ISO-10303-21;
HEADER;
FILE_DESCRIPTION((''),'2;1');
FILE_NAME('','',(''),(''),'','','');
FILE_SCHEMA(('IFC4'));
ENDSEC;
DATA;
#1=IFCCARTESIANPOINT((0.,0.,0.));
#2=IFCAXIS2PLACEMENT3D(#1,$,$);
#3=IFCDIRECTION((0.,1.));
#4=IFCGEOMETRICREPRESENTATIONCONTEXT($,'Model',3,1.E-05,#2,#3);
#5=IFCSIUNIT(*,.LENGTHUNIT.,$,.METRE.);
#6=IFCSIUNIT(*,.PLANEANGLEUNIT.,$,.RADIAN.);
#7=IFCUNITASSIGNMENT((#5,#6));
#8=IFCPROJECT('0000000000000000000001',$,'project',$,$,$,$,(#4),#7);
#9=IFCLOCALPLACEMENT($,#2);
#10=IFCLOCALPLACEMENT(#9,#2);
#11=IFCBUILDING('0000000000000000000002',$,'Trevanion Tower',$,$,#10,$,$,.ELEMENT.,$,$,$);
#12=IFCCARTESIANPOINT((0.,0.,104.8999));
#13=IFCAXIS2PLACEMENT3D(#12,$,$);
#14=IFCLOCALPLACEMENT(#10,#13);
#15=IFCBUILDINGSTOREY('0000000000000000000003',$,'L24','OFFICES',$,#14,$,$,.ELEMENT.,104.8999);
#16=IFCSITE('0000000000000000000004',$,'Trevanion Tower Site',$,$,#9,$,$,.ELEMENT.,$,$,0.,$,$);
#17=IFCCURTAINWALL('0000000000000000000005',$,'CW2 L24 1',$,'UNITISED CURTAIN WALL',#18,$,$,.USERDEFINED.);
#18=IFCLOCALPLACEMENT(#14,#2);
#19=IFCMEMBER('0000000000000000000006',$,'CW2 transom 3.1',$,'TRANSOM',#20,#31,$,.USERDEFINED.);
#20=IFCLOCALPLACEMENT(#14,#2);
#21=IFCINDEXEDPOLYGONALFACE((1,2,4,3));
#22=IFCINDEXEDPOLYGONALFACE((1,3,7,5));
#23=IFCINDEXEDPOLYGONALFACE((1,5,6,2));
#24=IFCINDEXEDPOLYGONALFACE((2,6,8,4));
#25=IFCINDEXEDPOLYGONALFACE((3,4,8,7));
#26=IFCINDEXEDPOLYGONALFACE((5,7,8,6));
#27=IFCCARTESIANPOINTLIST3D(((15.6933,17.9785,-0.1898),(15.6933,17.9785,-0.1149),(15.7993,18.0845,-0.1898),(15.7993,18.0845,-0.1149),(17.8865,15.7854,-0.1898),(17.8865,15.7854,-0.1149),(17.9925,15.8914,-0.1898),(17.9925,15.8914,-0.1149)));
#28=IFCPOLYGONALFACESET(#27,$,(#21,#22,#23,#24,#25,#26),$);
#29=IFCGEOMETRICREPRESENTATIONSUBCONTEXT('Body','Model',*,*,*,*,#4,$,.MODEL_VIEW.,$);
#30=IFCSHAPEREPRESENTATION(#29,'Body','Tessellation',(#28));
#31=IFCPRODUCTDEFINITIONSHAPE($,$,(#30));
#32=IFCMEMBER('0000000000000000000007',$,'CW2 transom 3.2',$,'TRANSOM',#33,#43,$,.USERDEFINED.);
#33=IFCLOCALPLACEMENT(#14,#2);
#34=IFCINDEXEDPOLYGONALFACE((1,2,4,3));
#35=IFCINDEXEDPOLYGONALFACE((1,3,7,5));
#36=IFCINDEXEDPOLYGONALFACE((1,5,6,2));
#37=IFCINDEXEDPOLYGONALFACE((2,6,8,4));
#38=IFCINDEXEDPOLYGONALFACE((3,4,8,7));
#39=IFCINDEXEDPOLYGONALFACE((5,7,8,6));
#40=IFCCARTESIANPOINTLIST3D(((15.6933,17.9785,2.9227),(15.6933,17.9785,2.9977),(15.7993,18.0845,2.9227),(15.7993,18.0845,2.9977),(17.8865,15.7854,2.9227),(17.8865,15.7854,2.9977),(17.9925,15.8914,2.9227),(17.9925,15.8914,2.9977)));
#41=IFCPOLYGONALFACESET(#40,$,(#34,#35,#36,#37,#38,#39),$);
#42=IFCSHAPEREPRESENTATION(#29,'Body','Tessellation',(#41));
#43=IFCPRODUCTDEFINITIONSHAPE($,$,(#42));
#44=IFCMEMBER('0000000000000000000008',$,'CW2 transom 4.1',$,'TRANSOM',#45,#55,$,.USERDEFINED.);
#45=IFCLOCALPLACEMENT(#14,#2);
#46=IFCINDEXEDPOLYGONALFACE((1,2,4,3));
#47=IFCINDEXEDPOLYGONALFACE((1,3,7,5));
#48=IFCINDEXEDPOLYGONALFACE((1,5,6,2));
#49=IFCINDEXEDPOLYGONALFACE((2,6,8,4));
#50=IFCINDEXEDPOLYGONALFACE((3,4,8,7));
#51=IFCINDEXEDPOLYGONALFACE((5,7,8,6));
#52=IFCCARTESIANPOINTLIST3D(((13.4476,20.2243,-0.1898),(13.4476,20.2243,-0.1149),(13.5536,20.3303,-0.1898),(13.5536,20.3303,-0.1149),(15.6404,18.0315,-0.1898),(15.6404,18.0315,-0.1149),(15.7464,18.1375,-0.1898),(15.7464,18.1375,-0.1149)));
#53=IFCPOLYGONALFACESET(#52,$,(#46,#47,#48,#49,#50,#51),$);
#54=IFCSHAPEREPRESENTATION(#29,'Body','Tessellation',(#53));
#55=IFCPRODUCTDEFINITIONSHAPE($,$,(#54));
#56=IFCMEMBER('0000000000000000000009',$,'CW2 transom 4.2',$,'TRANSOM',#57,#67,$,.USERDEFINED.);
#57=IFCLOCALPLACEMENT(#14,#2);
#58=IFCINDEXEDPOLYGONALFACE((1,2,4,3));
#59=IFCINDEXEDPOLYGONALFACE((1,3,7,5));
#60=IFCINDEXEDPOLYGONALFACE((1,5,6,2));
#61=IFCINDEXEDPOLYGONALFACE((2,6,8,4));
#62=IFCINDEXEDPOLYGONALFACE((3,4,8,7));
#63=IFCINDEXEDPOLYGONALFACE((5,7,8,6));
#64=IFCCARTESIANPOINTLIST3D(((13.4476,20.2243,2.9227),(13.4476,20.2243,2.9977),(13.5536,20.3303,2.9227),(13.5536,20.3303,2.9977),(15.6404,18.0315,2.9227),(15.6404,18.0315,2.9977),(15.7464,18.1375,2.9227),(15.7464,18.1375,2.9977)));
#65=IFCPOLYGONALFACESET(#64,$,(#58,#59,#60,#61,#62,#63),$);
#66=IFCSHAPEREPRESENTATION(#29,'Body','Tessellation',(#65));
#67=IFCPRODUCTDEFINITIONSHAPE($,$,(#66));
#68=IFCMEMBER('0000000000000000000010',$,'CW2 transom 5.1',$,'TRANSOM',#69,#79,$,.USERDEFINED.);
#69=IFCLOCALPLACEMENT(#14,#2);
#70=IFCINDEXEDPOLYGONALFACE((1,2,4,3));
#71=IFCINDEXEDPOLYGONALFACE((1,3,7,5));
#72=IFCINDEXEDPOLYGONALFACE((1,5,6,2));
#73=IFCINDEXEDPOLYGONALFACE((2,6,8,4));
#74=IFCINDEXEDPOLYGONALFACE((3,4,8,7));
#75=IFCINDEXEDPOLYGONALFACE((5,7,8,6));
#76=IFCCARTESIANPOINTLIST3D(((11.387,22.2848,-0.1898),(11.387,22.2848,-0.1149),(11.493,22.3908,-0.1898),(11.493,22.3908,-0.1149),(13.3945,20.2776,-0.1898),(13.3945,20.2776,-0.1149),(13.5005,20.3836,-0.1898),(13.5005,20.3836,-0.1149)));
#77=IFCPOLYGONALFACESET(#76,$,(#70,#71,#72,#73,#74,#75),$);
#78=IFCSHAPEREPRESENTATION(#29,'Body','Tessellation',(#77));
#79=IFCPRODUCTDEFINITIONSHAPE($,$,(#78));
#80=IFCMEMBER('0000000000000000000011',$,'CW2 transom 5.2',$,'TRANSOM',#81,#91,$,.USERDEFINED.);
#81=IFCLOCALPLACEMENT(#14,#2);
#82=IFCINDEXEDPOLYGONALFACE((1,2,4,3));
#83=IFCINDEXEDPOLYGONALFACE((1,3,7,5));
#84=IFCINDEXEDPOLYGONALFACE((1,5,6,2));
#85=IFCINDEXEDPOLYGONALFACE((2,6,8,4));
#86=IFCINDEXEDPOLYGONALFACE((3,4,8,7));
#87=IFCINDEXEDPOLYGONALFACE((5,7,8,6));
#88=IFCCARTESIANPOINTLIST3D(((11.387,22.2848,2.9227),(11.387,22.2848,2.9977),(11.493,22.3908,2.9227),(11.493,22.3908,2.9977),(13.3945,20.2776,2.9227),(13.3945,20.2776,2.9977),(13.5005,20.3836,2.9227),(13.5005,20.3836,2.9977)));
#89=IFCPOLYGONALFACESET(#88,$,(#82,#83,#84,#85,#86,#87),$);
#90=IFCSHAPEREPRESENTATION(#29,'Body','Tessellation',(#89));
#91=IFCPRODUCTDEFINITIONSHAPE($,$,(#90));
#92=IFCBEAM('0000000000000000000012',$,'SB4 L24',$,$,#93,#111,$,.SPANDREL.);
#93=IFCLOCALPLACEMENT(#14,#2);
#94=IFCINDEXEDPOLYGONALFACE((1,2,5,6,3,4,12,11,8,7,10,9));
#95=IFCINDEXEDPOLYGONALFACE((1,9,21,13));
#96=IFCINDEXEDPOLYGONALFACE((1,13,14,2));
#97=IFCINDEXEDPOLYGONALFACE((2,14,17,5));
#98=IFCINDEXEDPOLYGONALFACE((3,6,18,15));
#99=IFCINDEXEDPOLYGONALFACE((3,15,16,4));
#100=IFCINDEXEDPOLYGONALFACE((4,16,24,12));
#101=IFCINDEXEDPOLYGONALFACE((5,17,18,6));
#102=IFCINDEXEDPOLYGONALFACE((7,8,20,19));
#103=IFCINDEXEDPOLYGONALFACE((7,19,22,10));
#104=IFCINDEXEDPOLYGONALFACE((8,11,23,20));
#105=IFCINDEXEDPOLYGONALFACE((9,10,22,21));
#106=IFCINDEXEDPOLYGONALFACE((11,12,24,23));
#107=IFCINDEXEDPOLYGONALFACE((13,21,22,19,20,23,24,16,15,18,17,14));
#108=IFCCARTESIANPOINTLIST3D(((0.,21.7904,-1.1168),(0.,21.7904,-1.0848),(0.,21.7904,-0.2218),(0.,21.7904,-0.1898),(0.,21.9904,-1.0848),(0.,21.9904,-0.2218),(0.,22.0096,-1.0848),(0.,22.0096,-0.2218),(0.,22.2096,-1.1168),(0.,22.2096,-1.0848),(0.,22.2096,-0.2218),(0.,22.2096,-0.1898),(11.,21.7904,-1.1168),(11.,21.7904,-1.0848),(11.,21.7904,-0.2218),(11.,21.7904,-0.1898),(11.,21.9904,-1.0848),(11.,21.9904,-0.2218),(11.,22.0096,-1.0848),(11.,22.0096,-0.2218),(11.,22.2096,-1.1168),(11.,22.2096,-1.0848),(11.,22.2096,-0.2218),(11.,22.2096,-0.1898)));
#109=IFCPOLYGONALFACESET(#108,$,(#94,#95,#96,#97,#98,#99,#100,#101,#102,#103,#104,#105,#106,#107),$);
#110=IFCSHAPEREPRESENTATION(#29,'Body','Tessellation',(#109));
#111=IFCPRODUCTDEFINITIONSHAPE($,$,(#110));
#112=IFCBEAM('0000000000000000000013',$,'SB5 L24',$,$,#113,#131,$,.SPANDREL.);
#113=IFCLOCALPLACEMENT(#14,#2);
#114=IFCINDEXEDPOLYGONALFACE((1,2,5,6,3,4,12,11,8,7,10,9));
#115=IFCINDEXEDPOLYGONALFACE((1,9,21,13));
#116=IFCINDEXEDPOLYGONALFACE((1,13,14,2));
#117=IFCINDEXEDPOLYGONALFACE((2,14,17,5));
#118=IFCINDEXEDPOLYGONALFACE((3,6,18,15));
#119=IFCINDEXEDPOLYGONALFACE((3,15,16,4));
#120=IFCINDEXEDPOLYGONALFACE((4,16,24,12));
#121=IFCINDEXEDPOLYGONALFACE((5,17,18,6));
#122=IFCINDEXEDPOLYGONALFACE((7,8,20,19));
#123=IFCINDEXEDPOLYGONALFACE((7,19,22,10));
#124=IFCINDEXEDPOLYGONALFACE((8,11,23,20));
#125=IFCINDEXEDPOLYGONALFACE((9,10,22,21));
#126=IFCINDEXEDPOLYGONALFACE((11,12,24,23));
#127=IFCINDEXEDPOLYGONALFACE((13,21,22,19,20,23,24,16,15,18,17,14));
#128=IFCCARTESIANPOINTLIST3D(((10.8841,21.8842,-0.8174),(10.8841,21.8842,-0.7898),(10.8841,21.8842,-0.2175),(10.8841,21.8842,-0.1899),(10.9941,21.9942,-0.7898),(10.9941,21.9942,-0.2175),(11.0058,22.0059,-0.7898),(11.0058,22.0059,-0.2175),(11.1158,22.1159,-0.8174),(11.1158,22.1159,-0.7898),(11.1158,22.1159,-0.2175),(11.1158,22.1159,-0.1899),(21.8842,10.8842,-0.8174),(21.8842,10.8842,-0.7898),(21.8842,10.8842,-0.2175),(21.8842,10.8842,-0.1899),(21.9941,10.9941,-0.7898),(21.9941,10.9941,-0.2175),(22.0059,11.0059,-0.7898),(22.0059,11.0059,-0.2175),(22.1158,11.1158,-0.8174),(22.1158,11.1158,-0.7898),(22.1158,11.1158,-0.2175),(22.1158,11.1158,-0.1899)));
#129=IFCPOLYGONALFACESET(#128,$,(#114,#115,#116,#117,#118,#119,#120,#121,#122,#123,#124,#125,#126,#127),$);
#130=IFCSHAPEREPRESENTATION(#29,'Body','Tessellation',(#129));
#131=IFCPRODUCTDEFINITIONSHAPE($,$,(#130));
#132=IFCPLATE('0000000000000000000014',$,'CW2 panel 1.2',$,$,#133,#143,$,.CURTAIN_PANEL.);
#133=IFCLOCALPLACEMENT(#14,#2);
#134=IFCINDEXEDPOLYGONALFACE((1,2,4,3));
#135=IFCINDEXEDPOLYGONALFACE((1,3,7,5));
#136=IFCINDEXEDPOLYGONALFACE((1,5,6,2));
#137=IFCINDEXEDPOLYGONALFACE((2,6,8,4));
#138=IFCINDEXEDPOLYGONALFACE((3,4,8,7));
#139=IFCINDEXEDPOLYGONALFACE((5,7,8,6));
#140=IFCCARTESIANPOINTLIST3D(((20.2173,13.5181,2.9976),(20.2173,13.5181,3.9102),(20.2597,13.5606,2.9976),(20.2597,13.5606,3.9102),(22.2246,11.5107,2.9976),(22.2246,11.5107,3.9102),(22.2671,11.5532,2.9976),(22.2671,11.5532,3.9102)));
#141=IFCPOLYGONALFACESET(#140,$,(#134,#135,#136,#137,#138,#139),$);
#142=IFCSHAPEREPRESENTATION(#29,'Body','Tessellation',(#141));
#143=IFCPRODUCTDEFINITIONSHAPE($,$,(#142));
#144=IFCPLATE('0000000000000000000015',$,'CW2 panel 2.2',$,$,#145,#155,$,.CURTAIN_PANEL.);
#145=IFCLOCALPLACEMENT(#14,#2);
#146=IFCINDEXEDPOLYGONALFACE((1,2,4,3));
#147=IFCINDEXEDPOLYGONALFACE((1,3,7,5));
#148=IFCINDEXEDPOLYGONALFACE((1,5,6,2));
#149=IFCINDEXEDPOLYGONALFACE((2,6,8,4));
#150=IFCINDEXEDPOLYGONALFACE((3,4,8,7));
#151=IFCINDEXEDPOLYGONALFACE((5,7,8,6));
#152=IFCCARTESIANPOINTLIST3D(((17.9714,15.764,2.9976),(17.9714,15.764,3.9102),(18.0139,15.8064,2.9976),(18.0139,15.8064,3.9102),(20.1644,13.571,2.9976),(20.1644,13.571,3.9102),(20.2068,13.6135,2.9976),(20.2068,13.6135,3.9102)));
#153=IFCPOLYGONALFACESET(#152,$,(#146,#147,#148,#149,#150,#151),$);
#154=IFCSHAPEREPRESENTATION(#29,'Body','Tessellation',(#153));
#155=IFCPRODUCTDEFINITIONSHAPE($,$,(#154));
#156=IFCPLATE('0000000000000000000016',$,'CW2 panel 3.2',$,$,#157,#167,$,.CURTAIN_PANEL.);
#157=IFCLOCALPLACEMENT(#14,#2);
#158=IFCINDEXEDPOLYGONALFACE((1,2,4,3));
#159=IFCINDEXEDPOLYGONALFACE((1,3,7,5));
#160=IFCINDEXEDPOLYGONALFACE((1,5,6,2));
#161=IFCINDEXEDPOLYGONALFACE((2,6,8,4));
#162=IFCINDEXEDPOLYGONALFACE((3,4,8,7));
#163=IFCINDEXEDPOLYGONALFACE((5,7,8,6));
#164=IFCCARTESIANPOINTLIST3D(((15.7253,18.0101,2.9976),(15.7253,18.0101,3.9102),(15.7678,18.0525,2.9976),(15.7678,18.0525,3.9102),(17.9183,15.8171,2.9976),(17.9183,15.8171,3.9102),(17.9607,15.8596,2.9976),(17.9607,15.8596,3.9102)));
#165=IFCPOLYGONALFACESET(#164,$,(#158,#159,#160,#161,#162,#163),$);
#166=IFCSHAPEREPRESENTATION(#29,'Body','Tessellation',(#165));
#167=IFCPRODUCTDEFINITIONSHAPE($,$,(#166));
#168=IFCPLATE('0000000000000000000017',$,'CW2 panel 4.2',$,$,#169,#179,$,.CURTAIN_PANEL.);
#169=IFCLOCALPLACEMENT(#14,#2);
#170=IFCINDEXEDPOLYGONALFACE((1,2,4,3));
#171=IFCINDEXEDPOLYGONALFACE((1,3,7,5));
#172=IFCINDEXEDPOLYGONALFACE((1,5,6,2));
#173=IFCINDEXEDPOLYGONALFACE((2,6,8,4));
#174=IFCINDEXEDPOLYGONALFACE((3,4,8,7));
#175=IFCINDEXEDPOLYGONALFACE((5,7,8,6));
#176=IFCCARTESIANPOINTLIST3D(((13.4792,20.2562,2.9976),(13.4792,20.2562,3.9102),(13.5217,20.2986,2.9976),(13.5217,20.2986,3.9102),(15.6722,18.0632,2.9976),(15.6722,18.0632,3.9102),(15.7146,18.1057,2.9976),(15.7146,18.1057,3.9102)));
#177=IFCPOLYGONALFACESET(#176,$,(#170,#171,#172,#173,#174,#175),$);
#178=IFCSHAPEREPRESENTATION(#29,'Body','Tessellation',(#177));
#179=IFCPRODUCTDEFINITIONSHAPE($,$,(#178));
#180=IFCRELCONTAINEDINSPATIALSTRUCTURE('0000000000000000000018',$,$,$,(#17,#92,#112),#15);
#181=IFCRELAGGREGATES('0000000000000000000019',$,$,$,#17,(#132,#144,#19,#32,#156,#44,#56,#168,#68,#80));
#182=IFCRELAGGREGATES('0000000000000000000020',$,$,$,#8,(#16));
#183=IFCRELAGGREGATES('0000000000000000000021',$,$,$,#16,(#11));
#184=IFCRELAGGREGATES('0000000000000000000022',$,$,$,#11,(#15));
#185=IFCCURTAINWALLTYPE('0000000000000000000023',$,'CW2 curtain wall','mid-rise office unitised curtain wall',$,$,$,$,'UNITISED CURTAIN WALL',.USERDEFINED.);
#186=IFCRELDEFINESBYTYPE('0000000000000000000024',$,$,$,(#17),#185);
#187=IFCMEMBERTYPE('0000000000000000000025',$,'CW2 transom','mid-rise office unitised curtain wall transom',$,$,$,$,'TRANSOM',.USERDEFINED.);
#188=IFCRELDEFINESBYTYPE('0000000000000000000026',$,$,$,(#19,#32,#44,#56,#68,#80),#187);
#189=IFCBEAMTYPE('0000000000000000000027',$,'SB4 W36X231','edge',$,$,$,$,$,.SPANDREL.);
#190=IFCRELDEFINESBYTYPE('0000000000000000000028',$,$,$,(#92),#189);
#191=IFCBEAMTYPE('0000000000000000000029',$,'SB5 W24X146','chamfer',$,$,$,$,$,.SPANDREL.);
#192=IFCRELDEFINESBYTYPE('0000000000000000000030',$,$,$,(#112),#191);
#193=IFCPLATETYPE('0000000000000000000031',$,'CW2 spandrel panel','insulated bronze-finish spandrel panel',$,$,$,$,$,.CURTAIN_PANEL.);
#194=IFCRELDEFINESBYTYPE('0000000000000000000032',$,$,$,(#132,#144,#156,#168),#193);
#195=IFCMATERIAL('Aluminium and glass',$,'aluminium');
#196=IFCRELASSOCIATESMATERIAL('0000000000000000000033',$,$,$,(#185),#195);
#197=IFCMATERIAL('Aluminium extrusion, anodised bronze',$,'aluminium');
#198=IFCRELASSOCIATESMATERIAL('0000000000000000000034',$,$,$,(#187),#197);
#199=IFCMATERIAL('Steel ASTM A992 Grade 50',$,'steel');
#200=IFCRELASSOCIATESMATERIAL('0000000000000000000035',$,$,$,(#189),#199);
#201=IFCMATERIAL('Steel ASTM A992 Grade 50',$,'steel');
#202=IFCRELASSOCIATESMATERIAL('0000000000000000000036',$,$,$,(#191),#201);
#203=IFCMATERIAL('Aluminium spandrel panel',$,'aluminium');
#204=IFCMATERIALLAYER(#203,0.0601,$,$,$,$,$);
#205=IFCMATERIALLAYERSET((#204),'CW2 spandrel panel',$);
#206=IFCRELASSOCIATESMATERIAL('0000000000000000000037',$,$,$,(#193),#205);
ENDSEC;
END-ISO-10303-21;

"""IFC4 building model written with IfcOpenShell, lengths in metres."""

from ifc_helpers import new_model, si_unit, direction, frame, origin, origin_2d, place, context, subcontext, project, spatial, rectangle, i_section, extrude, material, layer, layer_set, material_profile, profile_set, type_object, element, aggregate, save


model = new_model("IFC4")

# Units and contexts
model_context = context("Model", 3, precision=1e-05, world=origin(), true_north=direction((0.0, 1.0)))
body_context = subcontext(model_context, "Body", "Model", "MODEL_VIEW")
ifc_project = project(units=[si_unit("LENGTHUNIT", "METRE"), si_unit("PLANEANGLEUNIT", "RADIAN")], contexts=[model_context])

# Site, building, storey
site_placement = place(None, origin())
site = spatial("IfcSite", under=ifc_project, at=site_placement, Name="Trevanion Tower Site", CompositionType="ELEMENT", RefElevation=0.0)
building_placement = place(site_placement, origin())
building = spatial("IfcBuilding", under=site, at=building_placement, Name="Trevanion Tower", CompositionType="ELEMENT")
storey_placement = place(building_placement, frame((0.0, 0.0, 104.8999)))
storey = spatial("IfcBuildingStorey", under=building, at=storey_placement, Name="L24", Description="OFFICES", CompositionType="ELEMENT", Elevation=104.8999)

# Curtain wall
ifc_material_1 = material(Name="Aluminium and glass", Category="aluminium")
curtain_wall_type = type_object("IfcCurtainWallType", Name="CW2 curtain wall", Description="mid-rise office unitised curtain wall", ElementType="UNITISED CURTAIN WALL", PredefinedType="USERDEFINED", material=ifc_material_1)
curtain_wall_1_placement = place(storey_placement, origin())
curtain_wall_1 = element("IfcCurtainWall", 1, at=curtain_wall_1_placement, inside=storey, type_object=curtain_wall_type, Name="CW2 L24 1", ObjectType="UNITISED CURTAIN WALL", PredefinedType="USERDEFINED")

# Members
ifc_material_2 = material(Name="Aluminium extrusion, anodised bronze", Category="aluminium")
ifc_material_profile_1 = material_profile(ifc_material_2, rectangle(XDim=0.1499, YDim=0.075, at=origin_2d()), Name="CW2 transom")
ifc_profile_set_1 = profile_set([ifc_material_profile_1], Name="Aluminium extrusion, anodised bronze")
member_type_1 = type_object("IfcMemberType", Name="CW2 transom", Description="mid-rise office unitised curtain wall transom", ElementType="TRANSOM", PredefinedType="USERDEFINED", material=ifc_profile_set_1)
member_1_placement = place(storey_placement, frame((17.9395, 15.8384, -0.1523), z_axis=(-0.707107, 0.707107, 0.0), x_axis=(-0.707107, -0.707107, 0.0)))
member_1 = element("IfcMember", 2, at=member_1_placement, type_object=member_type_1, Name="CW2 transom 3.1", ObjectType="TRANSOM", PredefinedType="USERDEFINED", context=body_context, shape_type="SweptSolid", body=[
    extrude(rectangle(XDim=0.1499, YDim=0.075, at=origin_2d()), origin(), (0.0, 0.0, 1.0), 3.1016),
])
member_2_placement = place(storey_placement, frame((17.9395, 15.8384, 2.9602), z_axis=(-0.707107, 0.707107, 0.0), x_axis=(-0.707107, -0.707107, 0.0)))
member_2 = element("IfcMember", 3, at=member_2_placement, type_object=member_type_1, Name="CW2 transom 3.2", ObjectType="TRANSOM", PredefinedType="USERDEFINED", context=body_context, shape_type="SweptSolid", body=[
    extrude(rectangle(XDim=0.1499, YDim=0.075, at=origin_2d()), origin(), (0.0, 0.0, 1.0), 3.1016),
])
member_3_placement = place(storey_placement, frame((15.6934, 18.0845, -0.1523), z_axis=(-0.707107, 0.707107, 0.0), x_axis=(-0.707107, -0.707107, 0.0)))
member_3 = element("IfcMember", 4, at=member_3_placement, type_object=member_type_1, Name="CW2 transom 4.1", ObjectType="TRANSOM", PredefinedType="USERDEFINED", context=body_context, shape_type="SweptSolid", body=[
    extrude(rectangle(XDim=0.1499, YDim=0.075, at=origin_2d()), origin(), (0.0, 0.0, 1.0), 3.1011),
])
member_4_placement = place(storey_placement, frame((15.6934, 18.0845, 2.9602), z_axis=(-0.707107, 0.707107, 0.0), x_axis=(-0.707107, -0.707107, 0.0)))
member_4 = element("IfcMember", 5, at=member_4_placement, type_object=member_type_1, Name="CW2 transom 4.2", ObjectType="TRANSOM", PredefinedType="USERDEFINED", context=body_context, shape_type="SweptSolid", body=[
    extrude(rectangle(XDim=0.1499, YDim=0.075, at=origin_2d()), origin(), (0.0, 0.0, 1.0), 3.1011),
])
member_5_placement = place(storey_placement, frame((13.4475, 20.3306, -0.1523), z_axis=(-0.70715, 0.707064, 0.0), x_axis=(-0.707064, -0.70715, 0.0)))
member_5 = element("IfcMember", 6, at=member_5_placement, type_object=member_type_1, Name="CW2 transom 5.1", ObjectType="TRANSOM", PredefinedType="USERDEFINED", context=body_context, shape_type="SweptSolid", body=[
    extrude(rectangle(XDim=0.1499, YDim=0.075, at=origin_2d()), origin(), (0.0, 0.0, 1.0), 2.8389),
])
member_6_placement = place(storey_placement, frame((13.4475, 20.3306, 2.9602), z_axis=(-0.70715, 0.707064, 0.0), x_axis=(-0.707064, -0.70715, 0.0)))
member_6 = element("IfcMember", 7, at=member_6_placement, type_object=member_type_1, Name="CW2 transom 5.2", ObjectType="TRANSOM", PredefinedType="USERDEFINED", context=body_context, shape_type="SweptSolid", body=[
    extrude(rectangle(XDim=0.1499, YDim=0.075, at=origin_2d()), origin(), (0.0, 0.0, 1.0), 2.8389),
])

# Beams
ifc_material_3 = material(Name="Steel ASTM A992 Grade 50", Category="steel")
ifc_material_profile_2 = material_profile(ifc_material_3, i_section(OverallWidth=0.4192, OverallDepth=0.927, WebThickness=0.0193, FlangeThickness=0.032, at=origin_2d()), Name="W36X231")
ifc_profile_set_2 = profile_set([ifc_material_profile_2], Name="Steel ASTM A992 Grade 50")
beam_type_1 = type_object("IfcBeamType", Name="SB4 W36X231", Description="edge", PredefinedType="SPANDREL", material=ifc_profile_set_2)
beam_1_placement = place(storey_placement, frame((11.0, 22.0, -0.6533), z_axis=(-1.0, 0.0, 0.0), x_axis=(0.0, -1.0, 0.0)))
element("IfcBeam", 8, at=beam_1_placement, inside=storey, type_object=beam_type_1, Name="SB4 L24", PredefinedType="SPANDREL", context=body_context, shape_type="SweptSolid", body=[
    extrude(i_section(OverallWidth=0.4192, OverallDepth=0.927, WebThickness=0.0193, FlangeThickness=0.032, at=origin_2d()), origin(), (0.0, 0.0, 1.0), 11.0),
])
ifc_material_4 = material(Name="Steel ASTM A992 Grade 50", Category="steel")
ifc_material_profile_3 = material_profile(ifc_material_4, i_section(OverallWidth=0.3276, OverallDepth=0.6274, WebThickness=0.0166, FlangeThickness=0.0276, at=origin_2d()), Name="W24X146")
ifc_profile_set_3 = profile_set([ifc_material_profile_3], Name="Steel ASTM A992 Grade 50")
beam_type_2 = type_object("IfcBeamType", Name="SB5 W24X146", Description="chamfer", PredefinedType="SPANDREL", material=ifc_profile_set_3)
beam_2_placement = place(storey_placement, frame((22.0, 11.0, -0.5037), z_axis=(-0.707107, 0.707107, 0.0), x_axis=(-0.707107, -0.707107, 0.0)))
element("IfcBeam", 9, at=beam_2_placement, inside=storey, type_object=beam_type_2, Name="SB5 L24", PredefinedType="SPANDREL", context=body_context, shape_type="SweptSolid", body=[
    extrude(i_section(OverallWidth=0.3276, OverallDepth=0.6274, WebThickness=0.0166, FlangeThickness=0.0276, at=origin_2d()), origin(), (0.0, 0.0, 1.0), 15.5564),
])

# Plates
ifc_material_5 = material(Name="Aluminium spandrel panel", Category="aluminium")
ifc_layer_1 = layer(ifc_material_5, 0.0601)
ifc_layer_set_1 = layer_set([ifc_layer_1], Name="CW2 spandrel panel")
plate_type_1 = type_object("IfcPlateType", Name="CW2 spandrel panel", Description="insulated bronze-finish spandrel panel", PredefinedType="CURTAIN_PANEL", material=ifc_layer_set_1)
plate_1_placement = place(storey_placement, frame((21.2422, 12.5356, 2.9976), z_axis=(0.0, 0.0, 1.0), x_axis=(-0.707107, 0.707107, 0.0)))
plate_1 = element("IfcPlate", 10, at=plate_1_placement, type_object=plate_type_1, Name="CW2 panel 1.2", PredefinedType="CURTAIN_PANEL", context=body_context, shape_type="SweptSolid", body=[
    extrude(rectangle(XDim=2.8389, YDim=0.0601, at=origin_2d()), origin(), (0.0, 0.0, 1.0), 0.9126),
])
plate_2_placement = place(storey_placement, frame((19.0891, 14.6887, 2.9976), z_axis=(0.0, 0.0, 1.0), x_axis=(-0.707107, 0.707107, 0.0)))
plate_2 = element("IfcPlate", 11, at=plate_2_placement, type_object=plate_type_1, Name="CW2 panel 2.2", PredefinedType="CURTAIN_PANEL", context=body_context, shape_type="SweptSolid", body=[
    extrude(rectangle(XDim=3.1013, YDim=0.0601, at=origin_2d()), origin(), (0.0, 0.0, 1.0), 0.9126),
])
plate_3_placement = place(storey_placement, frame((16.843, 16.9348, 2.9976), z_axis=(0.0, 0.0, 1.0), x_axis=(-0.707107, 0.707107, 0.0)))
plate_3 = element("IfcPlate", 12, at=plate_3_placement, type_object=plate_type_1, Name="CW2 panel 3.2", PredefinedType="CURTAIN_PANEL", context=body_context, shape_type="SweptSolid", body=[
    extrude(rectangle(XDim=3.1013, YDim=0.0601, at=origin_2d()), origin(), (0.0, 0.0, 1.0), 0.9126),
])
plate_4_placement = place(storey_placement, frame((14.5969, 19.1809, 2.9976), z_axis=(0.0, 0.0, 1.0), x_axis=(-0.707107, 0.707107, 0.0)))
plate_4 = element("IfcPlate", 13, at=plate_4_placement, type_object=plate_type_1, Name="CW2 panel 4.2", PredefinedType="CURTAIN_PANEL", context=body_context, shape_type="SweptSolid", body=[
    extrude(rectangle(XDim=3.1013, YDim=0.0601, at=origin_2d()), origin(), (0.0, 0.0, 1.0), 0.9126),
])
aggregate(curtain_wall_1, [plate_1, plate_2, member_1, member_2, plate_3, member_3, member_4, plate_4, member_5, member_6])

save(model, "model.ifc")
